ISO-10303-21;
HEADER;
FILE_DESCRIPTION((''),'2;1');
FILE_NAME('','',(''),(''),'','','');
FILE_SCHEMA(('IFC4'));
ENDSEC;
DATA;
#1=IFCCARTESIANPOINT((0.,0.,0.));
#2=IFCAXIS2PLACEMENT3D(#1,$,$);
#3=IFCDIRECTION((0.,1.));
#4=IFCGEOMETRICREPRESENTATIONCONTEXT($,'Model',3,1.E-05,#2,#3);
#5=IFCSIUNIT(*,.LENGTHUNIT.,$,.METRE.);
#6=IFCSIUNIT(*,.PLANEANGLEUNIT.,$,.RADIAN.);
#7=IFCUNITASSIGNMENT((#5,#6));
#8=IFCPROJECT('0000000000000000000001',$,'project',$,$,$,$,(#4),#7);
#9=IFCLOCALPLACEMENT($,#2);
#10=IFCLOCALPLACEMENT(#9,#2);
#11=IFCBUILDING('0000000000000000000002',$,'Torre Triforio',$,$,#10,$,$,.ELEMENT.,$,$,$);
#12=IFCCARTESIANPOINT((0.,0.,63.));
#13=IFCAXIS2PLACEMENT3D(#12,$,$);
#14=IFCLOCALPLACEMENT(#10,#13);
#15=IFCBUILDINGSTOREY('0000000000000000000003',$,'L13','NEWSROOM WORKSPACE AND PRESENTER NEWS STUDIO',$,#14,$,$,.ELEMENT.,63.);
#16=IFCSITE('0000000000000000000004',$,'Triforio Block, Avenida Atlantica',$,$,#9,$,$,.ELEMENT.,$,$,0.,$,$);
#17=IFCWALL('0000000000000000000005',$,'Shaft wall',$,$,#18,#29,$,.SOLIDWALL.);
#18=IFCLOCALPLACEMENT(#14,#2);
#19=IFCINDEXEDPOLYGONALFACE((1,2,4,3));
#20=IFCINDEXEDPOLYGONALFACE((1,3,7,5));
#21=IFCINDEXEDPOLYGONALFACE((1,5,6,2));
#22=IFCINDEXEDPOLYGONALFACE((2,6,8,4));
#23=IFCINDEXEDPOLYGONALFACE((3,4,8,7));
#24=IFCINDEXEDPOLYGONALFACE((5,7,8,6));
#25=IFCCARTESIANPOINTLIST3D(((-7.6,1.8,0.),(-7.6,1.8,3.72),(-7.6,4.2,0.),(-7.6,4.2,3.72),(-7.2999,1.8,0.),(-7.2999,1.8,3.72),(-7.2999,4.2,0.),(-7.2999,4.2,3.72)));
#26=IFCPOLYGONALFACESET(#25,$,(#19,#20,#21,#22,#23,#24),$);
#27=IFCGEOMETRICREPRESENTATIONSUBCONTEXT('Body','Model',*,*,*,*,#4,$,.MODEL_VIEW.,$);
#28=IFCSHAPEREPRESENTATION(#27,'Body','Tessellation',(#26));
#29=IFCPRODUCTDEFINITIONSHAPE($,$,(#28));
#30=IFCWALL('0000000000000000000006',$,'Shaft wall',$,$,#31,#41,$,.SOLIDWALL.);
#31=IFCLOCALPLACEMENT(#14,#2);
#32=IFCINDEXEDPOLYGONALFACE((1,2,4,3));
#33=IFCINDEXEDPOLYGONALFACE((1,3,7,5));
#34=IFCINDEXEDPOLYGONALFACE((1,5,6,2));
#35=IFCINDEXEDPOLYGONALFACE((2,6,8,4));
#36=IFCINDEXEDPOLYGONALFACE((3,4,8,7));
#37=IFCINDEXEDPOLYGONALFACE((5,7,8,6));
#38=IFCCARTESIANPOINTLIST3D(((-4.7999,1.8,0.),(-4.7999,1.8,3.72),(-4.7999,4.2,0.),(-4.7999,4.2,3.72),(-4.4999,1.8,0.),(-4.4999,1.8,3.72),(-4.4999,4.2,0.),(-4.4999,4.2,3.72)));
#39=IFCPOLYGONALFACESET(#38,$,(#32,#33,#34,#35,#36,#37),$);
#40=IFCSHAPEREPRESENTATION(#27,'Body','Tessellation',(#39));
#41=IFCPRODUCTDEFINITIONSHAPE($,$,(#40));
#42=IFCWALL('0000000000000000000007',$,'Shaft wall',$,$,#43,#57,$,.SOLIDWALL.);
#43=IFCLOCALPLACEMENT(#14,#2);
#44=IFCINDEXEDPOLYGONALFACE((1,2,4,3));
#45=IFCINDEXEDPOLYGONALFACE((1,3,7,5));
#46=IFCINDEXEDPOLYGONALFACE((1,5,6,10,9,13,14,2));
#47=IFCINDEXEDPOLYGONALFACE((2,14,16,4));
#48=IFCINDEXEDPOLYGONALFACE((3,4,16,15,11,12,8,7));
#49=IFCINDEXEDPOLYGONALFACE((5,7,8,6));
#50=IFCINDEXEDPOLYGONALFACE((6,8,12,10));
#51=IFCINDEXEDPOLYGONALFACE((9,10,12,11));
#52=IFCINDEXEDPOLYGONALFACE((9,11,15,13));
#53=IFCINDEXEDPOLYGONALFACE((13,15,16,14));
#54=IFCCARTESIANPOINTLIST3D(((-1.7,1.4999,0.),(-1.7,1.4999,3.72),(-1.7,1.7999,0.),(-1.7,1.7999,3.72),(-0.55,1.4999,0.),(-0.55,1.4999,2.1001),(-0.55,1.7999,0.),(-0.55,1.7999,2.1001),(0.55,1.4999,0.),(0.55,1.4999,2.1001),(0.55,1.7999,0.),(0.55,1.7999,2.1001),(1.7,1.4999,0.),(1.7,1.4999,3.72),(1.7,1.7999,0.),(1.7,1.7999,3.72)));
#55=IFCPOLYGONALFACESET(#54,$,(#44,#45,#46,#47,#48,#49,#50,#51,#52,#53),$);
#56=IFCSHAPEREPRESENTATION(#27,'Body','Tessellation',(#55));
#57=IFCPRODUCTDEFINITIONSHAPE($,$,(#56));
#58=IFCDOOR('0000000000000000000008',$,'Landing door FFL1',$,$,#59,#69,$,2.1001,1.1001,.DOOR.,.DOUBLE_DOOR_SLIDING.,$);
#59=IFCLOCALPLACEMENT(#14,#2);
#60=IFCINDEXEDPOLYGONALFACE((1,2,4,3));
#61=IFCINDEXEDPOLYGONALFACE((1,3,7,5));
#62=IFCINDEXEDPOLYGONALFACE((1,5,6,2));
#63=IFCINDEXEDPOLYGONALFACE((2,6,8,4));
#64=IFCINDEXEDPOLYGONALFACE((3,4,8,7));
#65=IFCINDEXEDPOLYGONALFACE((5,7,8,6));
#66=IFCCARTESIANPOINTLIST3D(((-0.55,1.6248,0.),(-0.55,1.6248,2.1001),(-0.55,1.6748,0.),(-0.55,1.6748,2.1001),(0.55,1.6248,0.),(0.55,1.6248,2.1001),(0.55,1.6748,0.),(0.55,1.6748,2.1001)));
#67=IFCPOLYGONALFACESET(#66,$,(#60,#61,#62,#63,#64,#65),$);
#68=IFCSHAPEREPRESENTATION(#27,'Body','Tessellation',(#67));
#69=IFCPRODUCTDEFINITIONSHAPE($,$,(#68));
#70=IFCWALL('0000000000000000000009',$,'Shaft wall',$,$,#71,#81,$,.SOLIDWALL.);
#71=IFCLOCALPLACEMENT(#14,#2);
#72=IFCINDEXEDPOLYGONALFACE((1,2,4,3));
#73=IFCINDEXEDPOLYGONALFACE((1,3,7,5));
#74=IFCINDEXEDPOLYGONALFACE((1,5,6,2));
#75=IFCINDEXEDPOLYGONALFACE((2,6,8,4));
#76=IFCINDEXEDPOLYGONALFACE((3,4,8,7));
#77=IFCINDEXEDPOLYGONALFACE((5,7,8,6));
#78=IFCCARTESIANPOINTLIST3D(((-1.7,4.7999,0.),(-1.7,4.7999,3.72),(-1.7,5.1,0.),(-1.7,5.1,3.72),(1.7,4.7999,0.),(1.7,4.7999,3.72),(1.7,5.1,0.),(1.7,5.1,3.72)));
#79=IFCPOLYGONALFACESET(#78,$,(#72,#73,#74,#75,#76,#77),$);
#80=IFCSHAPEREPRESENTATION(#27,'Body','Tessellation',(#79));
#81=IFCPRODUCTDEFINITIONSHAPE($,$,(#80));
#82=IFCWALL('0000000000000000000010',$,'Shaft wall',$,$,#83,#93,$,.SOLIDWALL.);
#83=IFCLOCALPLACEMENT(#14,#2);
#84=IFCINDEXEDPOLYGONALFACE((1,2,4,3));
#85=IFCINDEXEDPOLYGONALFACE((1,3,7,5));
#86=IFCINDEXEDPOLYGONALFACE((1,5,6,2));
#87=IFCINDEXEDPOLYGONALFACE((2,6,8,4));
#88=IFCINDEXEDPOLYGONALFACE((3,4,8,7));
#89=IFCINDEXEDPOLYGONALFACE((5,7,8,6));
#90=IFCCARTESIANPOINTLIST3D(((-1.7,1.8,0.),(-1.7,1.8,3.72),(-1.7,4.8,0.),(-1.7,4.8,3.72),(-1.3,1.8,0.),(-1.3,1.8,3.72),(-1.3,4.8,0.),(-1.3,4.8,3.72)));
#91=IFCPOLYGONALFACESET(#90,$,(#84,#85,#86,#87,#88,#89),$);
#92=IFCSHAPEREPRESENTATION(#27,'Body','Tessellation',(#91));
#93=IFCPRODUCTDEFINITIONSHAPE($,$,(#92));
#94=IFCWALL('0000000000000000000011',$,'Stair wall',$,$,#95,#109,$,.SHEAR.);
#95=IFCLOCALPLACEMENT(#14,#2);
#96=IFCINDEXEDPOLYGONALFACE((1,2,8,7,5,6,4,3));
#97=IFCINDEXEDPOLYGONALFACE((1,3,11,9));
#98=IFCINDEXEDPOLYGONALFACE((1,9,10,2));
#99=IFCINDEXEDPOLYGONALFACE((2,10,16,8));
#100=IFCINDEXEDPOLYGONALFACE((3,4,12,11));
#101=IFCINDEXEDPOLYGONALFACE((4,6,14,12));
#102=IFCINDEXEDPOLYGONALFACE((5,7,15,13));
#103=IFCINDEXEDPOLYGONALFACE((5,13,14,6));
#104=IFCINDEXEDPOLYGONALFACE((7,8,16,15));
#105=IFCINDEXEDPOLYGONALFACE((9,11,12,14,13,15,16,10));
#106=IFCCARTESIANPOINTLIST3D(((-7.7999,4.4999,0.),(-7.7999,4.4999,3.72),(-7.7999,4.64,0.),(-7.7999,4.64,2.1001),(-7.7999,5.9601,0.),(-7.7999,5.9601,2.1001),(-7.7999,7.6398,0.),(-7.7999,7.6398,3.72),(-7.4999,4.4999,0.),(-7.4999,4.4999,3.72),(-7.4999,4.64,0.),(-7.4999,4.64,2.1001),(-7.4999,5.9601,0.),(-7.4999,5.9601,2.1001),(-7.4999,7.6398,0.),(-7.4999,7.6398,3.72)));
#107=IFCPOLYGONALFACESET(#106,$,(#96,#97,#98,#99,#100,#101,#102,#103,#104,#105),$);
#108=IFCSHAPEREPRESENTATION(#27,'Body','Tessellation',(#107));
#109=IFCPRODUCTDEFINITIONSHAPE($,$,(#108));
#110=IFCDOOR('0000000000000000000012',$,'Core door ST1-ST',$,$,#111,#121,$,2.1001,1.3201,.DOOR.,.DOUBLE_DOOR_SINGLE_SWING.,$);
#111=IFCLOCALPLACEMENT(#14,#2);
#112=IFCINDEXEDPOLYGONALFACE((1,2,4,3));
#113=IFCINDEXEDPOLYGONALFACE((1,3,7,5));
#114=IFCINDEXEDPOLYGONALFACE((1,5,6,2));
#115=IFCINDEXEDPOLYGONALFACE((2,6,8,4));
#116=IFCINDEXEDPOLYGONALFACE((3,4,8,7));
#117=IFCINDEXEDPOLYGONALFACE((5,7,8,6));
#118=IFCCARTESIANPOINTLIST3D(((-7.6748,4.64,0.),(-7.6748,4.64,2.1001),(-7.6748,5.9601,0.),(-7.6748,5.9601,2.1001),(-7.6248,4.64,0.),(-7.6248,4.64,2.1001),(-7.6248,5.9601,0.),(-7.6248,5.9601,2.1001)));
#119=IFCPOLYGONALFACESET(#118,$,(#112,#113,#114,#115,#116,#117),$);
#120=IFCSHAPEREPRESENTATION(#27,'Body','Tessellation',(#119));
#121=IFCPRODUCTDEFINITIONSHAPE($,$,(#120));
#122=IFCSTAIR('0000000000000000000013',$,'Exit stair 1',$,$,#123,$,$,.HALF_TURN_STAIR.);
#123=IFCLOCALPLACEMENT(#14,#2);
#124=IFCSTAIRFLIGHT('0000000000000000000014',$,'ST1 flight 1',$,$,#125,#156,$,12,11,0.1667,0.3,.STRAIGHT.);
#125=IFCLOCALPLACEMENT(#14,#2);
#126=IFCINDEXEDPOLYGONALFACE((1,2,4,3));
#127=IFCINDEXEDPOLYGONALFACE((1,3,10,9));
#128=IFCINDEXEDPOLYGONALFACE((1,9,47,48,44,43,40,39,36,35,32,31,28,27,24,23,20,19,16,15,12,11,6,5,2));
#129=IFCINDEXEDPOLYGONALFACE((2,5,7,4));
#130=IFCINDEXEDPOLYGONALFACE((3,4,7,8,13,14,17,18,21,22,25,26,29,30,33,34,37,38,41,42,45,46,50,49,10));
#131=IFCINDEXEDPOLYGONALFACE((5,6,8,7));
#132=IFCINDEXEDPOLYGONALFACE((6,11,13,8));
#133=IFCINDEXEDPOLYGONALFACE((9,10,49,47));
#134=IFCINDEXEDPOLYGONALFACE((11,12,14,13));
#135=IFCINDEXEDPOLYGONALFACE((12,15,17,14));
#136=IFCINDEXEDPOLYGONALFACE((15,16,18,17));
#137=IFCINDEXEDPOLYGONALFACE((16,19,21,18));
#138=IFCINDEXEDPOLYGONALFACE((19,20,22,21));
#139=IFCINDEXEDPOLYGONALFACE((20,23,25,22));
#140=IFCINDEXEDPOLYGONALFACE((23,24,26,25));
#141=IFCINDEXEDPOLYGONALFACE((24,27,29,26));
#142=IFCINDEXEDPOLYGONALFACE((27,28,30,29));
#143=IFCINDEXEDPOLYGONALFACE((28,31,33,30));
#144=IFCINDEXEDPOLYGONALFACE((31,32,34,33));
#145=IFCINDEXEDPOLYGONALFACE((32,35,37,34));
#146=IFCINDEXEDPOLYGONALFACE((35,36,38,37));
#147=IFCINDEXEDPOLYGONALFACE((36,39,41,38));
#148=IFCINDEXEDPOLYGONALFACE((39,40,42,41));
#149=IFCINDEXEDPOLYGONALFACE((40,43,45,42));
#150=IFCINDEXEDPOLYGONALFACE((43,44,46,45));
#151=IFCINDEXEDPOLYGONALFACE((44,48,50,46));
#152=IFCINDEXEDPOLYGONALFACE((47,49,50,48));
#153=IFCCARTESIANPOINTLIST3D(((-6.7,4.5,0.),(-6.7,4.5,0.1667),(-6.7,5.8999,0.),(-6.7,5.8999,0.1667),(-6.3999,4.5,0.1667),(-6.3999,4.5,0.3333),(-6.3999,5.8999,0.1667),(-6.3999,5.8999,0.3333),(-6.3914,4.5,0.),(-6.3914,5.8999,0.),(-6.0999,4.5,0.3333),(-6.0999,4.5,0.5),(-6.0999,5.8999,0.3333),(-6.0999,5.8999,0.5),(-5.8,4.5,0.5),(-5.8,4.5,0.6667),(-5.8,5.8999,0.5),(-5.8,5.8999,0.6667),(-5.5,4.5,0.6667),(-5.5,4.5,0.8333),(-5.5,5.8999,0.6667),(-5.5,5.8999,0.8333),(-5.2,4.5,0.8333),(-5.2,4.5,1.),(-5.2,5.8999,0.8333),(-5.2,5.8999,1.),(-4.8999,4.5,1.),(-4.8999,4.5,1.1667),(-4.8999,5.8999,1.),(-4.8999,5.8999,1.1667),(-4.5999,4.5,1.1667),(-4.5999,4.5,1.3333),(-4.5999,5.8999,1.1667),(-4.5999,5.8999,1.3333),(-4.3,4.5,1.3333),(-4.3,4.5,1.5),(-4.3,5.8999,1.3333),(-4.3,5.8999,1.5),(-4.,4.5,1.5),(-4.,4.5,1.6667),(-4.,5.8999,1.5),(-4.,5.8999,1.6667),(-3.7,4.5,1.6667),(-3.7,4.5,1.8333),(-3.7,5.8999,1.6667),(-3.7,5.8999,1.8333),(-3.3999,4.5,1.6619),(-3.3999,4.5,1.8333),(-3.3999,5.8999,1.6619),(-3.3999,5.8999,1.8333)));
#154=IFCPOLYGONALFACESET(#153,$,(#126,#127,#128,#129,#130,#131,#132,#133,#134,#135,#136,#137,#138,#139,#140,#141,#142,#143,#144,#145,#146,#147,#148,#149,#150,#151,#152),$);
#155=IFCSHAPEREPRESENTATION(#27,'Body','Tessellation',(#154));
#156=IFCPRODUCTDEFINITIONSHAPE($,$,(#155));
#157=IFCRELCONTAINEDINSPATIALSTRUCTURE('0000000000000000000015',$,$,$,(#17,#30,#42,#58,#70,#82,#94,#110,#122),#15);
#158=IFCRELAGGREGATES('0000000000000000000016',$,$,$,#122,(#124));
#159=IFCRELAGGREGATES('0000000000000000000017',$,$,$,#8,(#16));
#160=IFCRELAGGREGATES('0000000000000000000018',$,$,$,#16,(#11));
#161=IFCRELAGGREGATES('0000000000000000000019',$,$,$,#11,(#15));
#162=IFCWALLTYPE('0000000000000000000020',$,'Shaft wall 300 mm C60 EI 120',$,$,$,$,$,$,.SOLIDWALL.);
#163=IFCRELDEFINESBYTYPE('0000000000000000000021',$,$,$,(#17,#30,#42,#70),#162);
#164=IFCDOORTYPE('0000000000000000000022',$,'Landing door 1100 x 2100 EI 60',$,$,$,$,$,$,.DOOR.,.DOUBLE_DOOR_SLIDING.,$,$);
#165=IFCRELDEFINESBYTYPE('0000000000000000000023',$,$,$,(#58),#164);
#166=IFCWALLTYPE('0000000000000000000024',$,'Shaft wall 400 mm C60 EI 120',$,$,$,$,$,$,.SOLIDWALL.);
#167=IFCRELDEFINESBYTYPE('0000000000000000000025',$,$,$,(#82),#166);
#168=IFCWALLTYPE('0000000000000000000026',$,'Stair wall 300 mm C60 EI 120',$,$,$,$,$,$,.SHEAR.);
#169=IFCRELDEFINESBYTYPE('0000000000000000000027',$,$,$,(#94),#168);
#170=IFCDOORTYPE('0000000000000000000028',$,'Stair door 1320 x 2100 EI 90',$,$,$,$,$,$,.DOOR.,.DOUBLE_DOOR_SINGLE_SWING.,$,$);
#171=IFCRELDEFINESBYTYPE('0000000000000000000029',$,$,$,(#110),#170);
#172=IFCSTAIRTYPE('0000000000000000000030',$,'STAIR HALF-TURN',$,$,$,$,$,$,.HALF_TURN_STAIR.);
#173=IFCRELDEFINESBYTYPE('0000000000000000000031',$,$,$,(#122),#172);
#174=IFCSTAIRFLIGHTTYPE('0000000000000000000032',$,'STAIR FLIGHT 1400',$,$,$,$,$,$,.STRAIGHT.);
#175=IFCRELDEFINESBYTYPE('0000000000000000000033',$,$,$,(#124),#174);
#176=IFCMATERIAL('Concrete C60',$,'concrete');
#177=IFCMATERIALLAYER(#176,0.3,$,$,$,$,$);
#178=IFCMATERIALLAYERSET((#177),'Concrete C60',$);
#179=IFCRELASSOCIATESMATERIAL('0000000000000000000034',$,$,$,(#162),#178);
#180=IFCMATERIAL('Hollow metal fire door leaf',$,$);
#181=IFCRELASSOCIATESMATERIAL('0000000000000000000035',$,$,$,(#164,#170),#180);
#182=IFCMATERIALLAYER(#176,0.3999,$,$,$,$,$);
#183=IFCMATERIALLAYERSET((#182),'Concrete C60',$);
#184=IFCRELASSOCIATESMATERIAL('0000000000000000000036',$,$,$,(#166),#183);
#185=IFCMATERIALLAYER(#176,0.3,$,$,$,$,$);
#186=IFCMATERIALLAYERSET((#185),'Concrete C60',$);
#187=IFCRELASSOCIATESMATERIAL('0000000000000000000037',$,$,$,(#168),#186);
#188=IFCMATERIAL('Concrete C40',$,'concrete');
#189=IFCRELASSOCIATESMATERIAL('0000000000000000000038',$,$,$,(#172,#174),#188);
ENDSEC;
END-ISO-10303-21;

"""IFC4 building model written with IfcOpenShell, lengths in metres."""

from ifc_helpers import new_model, si_unit, direction, frame, frame_2d, origin, place, context, subcontext, project, spatial, polyline, rectangle, outline, extrude, material, layer, layer_set, type_object, element, fill, aggregate, save


model = new_model("IFC4")

# Units and contexts
model_context = context("Model", 3, precision=1e-05, world=origin(), true_north=direction((0.0, 1.0)))
body_context = subcontext(model_context, "Body", "Model", "MODEL_VIEW")
ifc_project = project(units=[si_unit("LENGTHUNIT", "METRE"), si_unit("PLANEANGLEUNIT", "RADIAN")], contexts=[model_context])

# Site, building, storey
site_placement = place(None, origin())
site = spatial("IfcSite", under=ifc_project, at=site_placement, Name="Triforio Block, Avenida Atlantica", CompositionType="ELEMENT", RefElevation=0.0)
building_placement = place(site_placement, origin())
building = spatial("IfcBuilding", under=site, at=building_placement, Name="Torre Triforio", CompositionType="ELEMENT")
storey_placement = place(building_placement, frame((0.0, 0.0, 63.0)))
storey = spatial("IfcBuildingStorey", under=building, at=storey_placement, Name="L13", Description="NEWSROOM WORKSPACE AND PRESENTER NEWS STUDIO", CompositionType="ELEMENT", Elevation=63.0)

# Walls
ifc_material_1 = material(Name="Concrete C60", Category="concrete")
ifc_layer_1 = layer(ifc_material_1, 0.3)
ifc_layer_set_1 = layer_set([ifc_layer_1], Name="Concrete C60")
wall_type_1 = type_object("IfcWallType", Name="Shaft wall 300 mm C60 EI 120", PredefinedType="SOLIDWALL", material=ifc_layer_set_1)
for number, where, z_axis, x_axis, name in (
    (1, (-7.45, 1.8, 0.0), (0.0, 0.0, 1.0), (0.0, 1.0, 0.0), "Shaft wall"),
    (2, (-4.6499, 1.8, 0.0), (0.0, 0.0, 1.0), (0.0, 1.0, 0.0), "Shaft wall"),
):
    element("IfcWall", number, at=place(storey_placement, frame(where, z_axis=z_axis, x_axis=x_axis)), inside=storey, type_object=wall_type_1, Name=name, PredefinedType="SOLIDWALL", context=body_context, shape_type="SweptSolid", body=[
        extrude(rectangle(XDim=2.3999, YDim=0.3, at=frame_2d((1.2, 0.0))), origin(), (0.0, 0.0, 1.0), 3.72),
    ])

# Wall, opening, door
wall_1_placement = place(storey_placement, frame((-1.7, 1.6499, 0.0), z_axis=(0.0, 0.0, 1.0), x_axis=(1.0, 0.0, 0.0)))
wall_1 = element("IfcWall", 3, at=wall_1_placement, inside=storey, type_object=wall_type_1, Name="Shaft wall", PredefinedType="SOLIDWALL", context=body_context, shape_type="SweptSolid", body=[
    extrude(rectangle(XDim=3.3999, YDim=0.3, at=frame_2d((1.7, 0.0))), origin(), (0.0, 0.0, 1.0), 3.72),
])
opening_1_placement = place(wall_1_placement, frame((1.1499, 0.0, 0.0)))
opening_1 = element("IfcOpeningElement", 4, at=opening_1_placement, cuts=wall_1, PredefinedType="OPENING", context=body_context, shape_type="SweptSolid", body=[
    extrude(rectangle(XDim=1.1001, YDim=2.1001, at=frame_2d((0.55, 1.05))), frame((0.0, 0.1599, 0.0), z_axis=(0.0, -1.0, 0.0), x_axis=(1.0, 0.0, 0.0)), (0.0, 0.0, 1.0), 0.3201),
])
ifc_material_2 = material(Name="Hollow metal fire door leaf")
door_type_1 = type_object("IfcDoorType", Name="Landing door 1100 x 2100 EI 60", OperationType="DOUBLE_DOOR_SLIDING", PredefinedType="DOOR", material=ifc_material_2)
door_1_placement = place(opening_1_placement, origin())
door_1 = element("IfcDoor", 5, at=door_1_placement, inside=storey, type_object=door_type_1, Name="Landing door FFL1", OperationType="DOUBLE_DOOR_SLIDING", OverallHeight=2.1001, OverallWidth=1.1001, PredefinedType="DOOR", context=body_context, shape_type="SweptSolid", body=[
    extrude(rectangle(XDim=1.1001, YDim=2.1001, at=frame_2d((0.55, 1.05))), frame((0.0, 0.0249, 0.0), z_axis=(0.0, -1.0, 0.0), x_axis=(1.0, 0.0, 0.0)), (0.0, 0.0, 1.0), 0.05),
])
fill(opening_1, door_1)

# Walls
wall_2_placement = place(storey_placement, frame((-1.7, 4.95, 0.0), z_axis=(0.0, 0.0, 1.0), x_axis=(1.0, 0.0, 0.0)))
element("IfcWall", 6, at=wall_2_placement, inside=storey, type_object=wall_type_1, Name="Shaft wall", PredefinedType="SOLIDWALL", context=body_context, shape_type="SweptSolid", body=[
    extrude(rectangle(XDim=3.3999, YDim=0.3, at=frame_2d((1.7, 0.0))), origin(), (0.0, 0.0, 1.0), 3.72),
])
ifc_layer_2 = layer(ifc_material_1, 0.3999)
ifc_layer_set_2 = layer_set([ifc_layer_2], Name="Concrete C60")
wall_type_2 = type_object("IfcWallType", Name="Shaft wall 400 mm C60 EI 120", PredefinedType="SOLIDWALL", material=ifc_layer_set_2)
wall_3_placement = place(storey_placement, frame((-1.5, 1.8, 0.0), z_axis=(0.0, 0.0, 1.0), x_axis=(0.0, 1.0, 0.0)))
element("IfcWall", 7, at=wall_3_placement, inside=storey, type_object=wall_type_2, Name="Shaft wall", PredefinedType="SOLIDWALL", context=body_context, shape_type="SweptSolid", body=[
    extrude(rectangle(XDim=3.0, YDim=0.3999, at=frame_2d((1.5, 0.0))), origin(), (0.0, 0.0, 1.0), 3.72),
])

# Wall, opening, door
ifc_layer_3 = layer(ifc_material_1, 0.3)
ifc_layer_set_3 = layer_set([ifc_layer_3], Name="Concrete C60")
wall_type_3 = type_object("IfcWallType", Name="Stair wall 300 mm C60 EI 120", PredefinedType="SHEAR", material=ifc_layer_set_3)
wall_4_placement = place(storey_placement, frame((-7.6499, 4.5, 0.0), z_axis=(0.0, 0.0, 1.0), x_axis=(0.0, 1.0, 0.0)))
wall_4 = element("IfcWall", 8, at=wall_4_placement, inside=storey, type_object=wall_type_3, Name="Stair wall", PredefinedType="SHEAR", context=body_context, shape_type="SweptSolid", body=[
    extrude(rectangle(XDim=3.1399, YDim=0.3, at=frame_2d((1.5698, 0.0))), origin(), (0.0, 0.0, 1.0), 3.72),
])
opening_2_placement = place(wall_4_placement, frame((0.1399, 0.0, 0.0)))
opening_2 = element("IfcOpeningElement", 9, at=opening_2_placement, cuts=wall_4, PredefinedType="OPENING", context=body_context, shape_type="SweptSolid", body=[
    extrude(rectangle(XDim=1.3201, YDim=2.1001, at=frame_2d((0.6602, 1.05))), frame((0.0, 0.1599, 0.0), z_axis=(0.0, -1.0, 0.0), x_axis=(1.0, 0.0, 0.0)), (0.0, 0.0, 1.0), 0.3201),
])
door_type_2 = type_object("IfcDoorType", Name="Stair door 1320 x 2100 EI 90", OperationType="DOUBLE_DOOR_SINGLE_SWING", PredefinedType="DOOR", material=ifc_material_2)
door_2_placement = place(opening_2_placement, origin())
door_2 = element("IfcDoor", 10, at=door_2_placement, inside=storey, type_object=door_type_2, Name="Core door ST1-ST", OperationType="DOUBLE_DOOR_SINGLE_SWING", OverallHeight=2.1001, OverallWidth=1.3201, PredefinedType="DOOR", context=body_context, shape_type="SweptSolid", body=[
    extrude(rectangle(XDim=1.3201, YDim=2.1001, at=frame_2d((0.6602, 1.05))), frame((0.0, 0.0249, 0.0), z_axis=(0.0, -1.0, 0.0), x_axis=(1.0, 0.0, 0.0)), (0.0, 0.0, 1.0), 0.05),
])
fill(opening_2, door_2)

# Stair, stair flight
ifc_material_3 = material(Name="Concrete C40", Category="concrete")
stair_type = type_object("IfcStairType", Name="STAIR HALF-TURN", PredefinedType="HALF_TURN_STAIR", material=ifc_material_3)
stair_placement = place(storey_placement, origin())
stair = element("IfcStair", 11, at=stair_placement, inside=storey, type_object=stair_type, Name="Exit stair 1", PredefinedType="HALF_TURN_STAIR")
stair_flight_type = type_object("IfcStairFlightType", Name="STAIR FLIGHT 1400", PredefinedType="STRAIGHT", material=ifc_material_3)
stair_flight_1_placement = place(storey_placement, frame((-6.7, 5.2, 0.0), z_axis=(0.0, 0.0, 1.0), x_axis=(1.0, 0.0, 0.0)))
stair_flight_1 = element("IfcStairFlight", 12, at=stair_flight_1_placement, type_object=stair_flight_type, Name="ST1 flight 1", NumberOfRisers=12, NumberOfTreads=11, PredefinedType="STRAIGHT", RiserHeight=0.1667, TreadLength=0.3, context=body_context, shape_type="SweptSolid", body=[
    extrude(outline(polyline([(0.0, 0.0), (0.0, 0.1667), (0.3, 0.1667), (0.3, 0.3333), (0.6001, 0.3333), (0.6001, 0.5), (0.8999, 0.5), (0.8999, 0.6667), (1.2, 0.6667), (1.2, 0.8333), (1.5, 0.8333), (1.5, 1.0), (1.8, 1.0), (1.8, 1.1667), (2.1001, 1.1667), (2.1001, 1.3333), (2.3999, 1.3333), (2.3999, 1.5), (2.7, 1.5), (2.7, 1.6667), (3.0, 1.6667), (3.0, 1.8333), (3.3, 1.8333), (3.3, 2.0), (3.3, 1.6619), (0.3086, 0.0), (0.0, 0.0)])), frame((0.0, 0.7, 0.0), z_axis=(0.0, -1.0, 0.0), x_axis=(1.0, 0.0, 0.0)), (0.0, 0.0, 1.0), 1.3999),
])
aggregate(stair, [stair_flight_1])

save(model, "model.ifc")
